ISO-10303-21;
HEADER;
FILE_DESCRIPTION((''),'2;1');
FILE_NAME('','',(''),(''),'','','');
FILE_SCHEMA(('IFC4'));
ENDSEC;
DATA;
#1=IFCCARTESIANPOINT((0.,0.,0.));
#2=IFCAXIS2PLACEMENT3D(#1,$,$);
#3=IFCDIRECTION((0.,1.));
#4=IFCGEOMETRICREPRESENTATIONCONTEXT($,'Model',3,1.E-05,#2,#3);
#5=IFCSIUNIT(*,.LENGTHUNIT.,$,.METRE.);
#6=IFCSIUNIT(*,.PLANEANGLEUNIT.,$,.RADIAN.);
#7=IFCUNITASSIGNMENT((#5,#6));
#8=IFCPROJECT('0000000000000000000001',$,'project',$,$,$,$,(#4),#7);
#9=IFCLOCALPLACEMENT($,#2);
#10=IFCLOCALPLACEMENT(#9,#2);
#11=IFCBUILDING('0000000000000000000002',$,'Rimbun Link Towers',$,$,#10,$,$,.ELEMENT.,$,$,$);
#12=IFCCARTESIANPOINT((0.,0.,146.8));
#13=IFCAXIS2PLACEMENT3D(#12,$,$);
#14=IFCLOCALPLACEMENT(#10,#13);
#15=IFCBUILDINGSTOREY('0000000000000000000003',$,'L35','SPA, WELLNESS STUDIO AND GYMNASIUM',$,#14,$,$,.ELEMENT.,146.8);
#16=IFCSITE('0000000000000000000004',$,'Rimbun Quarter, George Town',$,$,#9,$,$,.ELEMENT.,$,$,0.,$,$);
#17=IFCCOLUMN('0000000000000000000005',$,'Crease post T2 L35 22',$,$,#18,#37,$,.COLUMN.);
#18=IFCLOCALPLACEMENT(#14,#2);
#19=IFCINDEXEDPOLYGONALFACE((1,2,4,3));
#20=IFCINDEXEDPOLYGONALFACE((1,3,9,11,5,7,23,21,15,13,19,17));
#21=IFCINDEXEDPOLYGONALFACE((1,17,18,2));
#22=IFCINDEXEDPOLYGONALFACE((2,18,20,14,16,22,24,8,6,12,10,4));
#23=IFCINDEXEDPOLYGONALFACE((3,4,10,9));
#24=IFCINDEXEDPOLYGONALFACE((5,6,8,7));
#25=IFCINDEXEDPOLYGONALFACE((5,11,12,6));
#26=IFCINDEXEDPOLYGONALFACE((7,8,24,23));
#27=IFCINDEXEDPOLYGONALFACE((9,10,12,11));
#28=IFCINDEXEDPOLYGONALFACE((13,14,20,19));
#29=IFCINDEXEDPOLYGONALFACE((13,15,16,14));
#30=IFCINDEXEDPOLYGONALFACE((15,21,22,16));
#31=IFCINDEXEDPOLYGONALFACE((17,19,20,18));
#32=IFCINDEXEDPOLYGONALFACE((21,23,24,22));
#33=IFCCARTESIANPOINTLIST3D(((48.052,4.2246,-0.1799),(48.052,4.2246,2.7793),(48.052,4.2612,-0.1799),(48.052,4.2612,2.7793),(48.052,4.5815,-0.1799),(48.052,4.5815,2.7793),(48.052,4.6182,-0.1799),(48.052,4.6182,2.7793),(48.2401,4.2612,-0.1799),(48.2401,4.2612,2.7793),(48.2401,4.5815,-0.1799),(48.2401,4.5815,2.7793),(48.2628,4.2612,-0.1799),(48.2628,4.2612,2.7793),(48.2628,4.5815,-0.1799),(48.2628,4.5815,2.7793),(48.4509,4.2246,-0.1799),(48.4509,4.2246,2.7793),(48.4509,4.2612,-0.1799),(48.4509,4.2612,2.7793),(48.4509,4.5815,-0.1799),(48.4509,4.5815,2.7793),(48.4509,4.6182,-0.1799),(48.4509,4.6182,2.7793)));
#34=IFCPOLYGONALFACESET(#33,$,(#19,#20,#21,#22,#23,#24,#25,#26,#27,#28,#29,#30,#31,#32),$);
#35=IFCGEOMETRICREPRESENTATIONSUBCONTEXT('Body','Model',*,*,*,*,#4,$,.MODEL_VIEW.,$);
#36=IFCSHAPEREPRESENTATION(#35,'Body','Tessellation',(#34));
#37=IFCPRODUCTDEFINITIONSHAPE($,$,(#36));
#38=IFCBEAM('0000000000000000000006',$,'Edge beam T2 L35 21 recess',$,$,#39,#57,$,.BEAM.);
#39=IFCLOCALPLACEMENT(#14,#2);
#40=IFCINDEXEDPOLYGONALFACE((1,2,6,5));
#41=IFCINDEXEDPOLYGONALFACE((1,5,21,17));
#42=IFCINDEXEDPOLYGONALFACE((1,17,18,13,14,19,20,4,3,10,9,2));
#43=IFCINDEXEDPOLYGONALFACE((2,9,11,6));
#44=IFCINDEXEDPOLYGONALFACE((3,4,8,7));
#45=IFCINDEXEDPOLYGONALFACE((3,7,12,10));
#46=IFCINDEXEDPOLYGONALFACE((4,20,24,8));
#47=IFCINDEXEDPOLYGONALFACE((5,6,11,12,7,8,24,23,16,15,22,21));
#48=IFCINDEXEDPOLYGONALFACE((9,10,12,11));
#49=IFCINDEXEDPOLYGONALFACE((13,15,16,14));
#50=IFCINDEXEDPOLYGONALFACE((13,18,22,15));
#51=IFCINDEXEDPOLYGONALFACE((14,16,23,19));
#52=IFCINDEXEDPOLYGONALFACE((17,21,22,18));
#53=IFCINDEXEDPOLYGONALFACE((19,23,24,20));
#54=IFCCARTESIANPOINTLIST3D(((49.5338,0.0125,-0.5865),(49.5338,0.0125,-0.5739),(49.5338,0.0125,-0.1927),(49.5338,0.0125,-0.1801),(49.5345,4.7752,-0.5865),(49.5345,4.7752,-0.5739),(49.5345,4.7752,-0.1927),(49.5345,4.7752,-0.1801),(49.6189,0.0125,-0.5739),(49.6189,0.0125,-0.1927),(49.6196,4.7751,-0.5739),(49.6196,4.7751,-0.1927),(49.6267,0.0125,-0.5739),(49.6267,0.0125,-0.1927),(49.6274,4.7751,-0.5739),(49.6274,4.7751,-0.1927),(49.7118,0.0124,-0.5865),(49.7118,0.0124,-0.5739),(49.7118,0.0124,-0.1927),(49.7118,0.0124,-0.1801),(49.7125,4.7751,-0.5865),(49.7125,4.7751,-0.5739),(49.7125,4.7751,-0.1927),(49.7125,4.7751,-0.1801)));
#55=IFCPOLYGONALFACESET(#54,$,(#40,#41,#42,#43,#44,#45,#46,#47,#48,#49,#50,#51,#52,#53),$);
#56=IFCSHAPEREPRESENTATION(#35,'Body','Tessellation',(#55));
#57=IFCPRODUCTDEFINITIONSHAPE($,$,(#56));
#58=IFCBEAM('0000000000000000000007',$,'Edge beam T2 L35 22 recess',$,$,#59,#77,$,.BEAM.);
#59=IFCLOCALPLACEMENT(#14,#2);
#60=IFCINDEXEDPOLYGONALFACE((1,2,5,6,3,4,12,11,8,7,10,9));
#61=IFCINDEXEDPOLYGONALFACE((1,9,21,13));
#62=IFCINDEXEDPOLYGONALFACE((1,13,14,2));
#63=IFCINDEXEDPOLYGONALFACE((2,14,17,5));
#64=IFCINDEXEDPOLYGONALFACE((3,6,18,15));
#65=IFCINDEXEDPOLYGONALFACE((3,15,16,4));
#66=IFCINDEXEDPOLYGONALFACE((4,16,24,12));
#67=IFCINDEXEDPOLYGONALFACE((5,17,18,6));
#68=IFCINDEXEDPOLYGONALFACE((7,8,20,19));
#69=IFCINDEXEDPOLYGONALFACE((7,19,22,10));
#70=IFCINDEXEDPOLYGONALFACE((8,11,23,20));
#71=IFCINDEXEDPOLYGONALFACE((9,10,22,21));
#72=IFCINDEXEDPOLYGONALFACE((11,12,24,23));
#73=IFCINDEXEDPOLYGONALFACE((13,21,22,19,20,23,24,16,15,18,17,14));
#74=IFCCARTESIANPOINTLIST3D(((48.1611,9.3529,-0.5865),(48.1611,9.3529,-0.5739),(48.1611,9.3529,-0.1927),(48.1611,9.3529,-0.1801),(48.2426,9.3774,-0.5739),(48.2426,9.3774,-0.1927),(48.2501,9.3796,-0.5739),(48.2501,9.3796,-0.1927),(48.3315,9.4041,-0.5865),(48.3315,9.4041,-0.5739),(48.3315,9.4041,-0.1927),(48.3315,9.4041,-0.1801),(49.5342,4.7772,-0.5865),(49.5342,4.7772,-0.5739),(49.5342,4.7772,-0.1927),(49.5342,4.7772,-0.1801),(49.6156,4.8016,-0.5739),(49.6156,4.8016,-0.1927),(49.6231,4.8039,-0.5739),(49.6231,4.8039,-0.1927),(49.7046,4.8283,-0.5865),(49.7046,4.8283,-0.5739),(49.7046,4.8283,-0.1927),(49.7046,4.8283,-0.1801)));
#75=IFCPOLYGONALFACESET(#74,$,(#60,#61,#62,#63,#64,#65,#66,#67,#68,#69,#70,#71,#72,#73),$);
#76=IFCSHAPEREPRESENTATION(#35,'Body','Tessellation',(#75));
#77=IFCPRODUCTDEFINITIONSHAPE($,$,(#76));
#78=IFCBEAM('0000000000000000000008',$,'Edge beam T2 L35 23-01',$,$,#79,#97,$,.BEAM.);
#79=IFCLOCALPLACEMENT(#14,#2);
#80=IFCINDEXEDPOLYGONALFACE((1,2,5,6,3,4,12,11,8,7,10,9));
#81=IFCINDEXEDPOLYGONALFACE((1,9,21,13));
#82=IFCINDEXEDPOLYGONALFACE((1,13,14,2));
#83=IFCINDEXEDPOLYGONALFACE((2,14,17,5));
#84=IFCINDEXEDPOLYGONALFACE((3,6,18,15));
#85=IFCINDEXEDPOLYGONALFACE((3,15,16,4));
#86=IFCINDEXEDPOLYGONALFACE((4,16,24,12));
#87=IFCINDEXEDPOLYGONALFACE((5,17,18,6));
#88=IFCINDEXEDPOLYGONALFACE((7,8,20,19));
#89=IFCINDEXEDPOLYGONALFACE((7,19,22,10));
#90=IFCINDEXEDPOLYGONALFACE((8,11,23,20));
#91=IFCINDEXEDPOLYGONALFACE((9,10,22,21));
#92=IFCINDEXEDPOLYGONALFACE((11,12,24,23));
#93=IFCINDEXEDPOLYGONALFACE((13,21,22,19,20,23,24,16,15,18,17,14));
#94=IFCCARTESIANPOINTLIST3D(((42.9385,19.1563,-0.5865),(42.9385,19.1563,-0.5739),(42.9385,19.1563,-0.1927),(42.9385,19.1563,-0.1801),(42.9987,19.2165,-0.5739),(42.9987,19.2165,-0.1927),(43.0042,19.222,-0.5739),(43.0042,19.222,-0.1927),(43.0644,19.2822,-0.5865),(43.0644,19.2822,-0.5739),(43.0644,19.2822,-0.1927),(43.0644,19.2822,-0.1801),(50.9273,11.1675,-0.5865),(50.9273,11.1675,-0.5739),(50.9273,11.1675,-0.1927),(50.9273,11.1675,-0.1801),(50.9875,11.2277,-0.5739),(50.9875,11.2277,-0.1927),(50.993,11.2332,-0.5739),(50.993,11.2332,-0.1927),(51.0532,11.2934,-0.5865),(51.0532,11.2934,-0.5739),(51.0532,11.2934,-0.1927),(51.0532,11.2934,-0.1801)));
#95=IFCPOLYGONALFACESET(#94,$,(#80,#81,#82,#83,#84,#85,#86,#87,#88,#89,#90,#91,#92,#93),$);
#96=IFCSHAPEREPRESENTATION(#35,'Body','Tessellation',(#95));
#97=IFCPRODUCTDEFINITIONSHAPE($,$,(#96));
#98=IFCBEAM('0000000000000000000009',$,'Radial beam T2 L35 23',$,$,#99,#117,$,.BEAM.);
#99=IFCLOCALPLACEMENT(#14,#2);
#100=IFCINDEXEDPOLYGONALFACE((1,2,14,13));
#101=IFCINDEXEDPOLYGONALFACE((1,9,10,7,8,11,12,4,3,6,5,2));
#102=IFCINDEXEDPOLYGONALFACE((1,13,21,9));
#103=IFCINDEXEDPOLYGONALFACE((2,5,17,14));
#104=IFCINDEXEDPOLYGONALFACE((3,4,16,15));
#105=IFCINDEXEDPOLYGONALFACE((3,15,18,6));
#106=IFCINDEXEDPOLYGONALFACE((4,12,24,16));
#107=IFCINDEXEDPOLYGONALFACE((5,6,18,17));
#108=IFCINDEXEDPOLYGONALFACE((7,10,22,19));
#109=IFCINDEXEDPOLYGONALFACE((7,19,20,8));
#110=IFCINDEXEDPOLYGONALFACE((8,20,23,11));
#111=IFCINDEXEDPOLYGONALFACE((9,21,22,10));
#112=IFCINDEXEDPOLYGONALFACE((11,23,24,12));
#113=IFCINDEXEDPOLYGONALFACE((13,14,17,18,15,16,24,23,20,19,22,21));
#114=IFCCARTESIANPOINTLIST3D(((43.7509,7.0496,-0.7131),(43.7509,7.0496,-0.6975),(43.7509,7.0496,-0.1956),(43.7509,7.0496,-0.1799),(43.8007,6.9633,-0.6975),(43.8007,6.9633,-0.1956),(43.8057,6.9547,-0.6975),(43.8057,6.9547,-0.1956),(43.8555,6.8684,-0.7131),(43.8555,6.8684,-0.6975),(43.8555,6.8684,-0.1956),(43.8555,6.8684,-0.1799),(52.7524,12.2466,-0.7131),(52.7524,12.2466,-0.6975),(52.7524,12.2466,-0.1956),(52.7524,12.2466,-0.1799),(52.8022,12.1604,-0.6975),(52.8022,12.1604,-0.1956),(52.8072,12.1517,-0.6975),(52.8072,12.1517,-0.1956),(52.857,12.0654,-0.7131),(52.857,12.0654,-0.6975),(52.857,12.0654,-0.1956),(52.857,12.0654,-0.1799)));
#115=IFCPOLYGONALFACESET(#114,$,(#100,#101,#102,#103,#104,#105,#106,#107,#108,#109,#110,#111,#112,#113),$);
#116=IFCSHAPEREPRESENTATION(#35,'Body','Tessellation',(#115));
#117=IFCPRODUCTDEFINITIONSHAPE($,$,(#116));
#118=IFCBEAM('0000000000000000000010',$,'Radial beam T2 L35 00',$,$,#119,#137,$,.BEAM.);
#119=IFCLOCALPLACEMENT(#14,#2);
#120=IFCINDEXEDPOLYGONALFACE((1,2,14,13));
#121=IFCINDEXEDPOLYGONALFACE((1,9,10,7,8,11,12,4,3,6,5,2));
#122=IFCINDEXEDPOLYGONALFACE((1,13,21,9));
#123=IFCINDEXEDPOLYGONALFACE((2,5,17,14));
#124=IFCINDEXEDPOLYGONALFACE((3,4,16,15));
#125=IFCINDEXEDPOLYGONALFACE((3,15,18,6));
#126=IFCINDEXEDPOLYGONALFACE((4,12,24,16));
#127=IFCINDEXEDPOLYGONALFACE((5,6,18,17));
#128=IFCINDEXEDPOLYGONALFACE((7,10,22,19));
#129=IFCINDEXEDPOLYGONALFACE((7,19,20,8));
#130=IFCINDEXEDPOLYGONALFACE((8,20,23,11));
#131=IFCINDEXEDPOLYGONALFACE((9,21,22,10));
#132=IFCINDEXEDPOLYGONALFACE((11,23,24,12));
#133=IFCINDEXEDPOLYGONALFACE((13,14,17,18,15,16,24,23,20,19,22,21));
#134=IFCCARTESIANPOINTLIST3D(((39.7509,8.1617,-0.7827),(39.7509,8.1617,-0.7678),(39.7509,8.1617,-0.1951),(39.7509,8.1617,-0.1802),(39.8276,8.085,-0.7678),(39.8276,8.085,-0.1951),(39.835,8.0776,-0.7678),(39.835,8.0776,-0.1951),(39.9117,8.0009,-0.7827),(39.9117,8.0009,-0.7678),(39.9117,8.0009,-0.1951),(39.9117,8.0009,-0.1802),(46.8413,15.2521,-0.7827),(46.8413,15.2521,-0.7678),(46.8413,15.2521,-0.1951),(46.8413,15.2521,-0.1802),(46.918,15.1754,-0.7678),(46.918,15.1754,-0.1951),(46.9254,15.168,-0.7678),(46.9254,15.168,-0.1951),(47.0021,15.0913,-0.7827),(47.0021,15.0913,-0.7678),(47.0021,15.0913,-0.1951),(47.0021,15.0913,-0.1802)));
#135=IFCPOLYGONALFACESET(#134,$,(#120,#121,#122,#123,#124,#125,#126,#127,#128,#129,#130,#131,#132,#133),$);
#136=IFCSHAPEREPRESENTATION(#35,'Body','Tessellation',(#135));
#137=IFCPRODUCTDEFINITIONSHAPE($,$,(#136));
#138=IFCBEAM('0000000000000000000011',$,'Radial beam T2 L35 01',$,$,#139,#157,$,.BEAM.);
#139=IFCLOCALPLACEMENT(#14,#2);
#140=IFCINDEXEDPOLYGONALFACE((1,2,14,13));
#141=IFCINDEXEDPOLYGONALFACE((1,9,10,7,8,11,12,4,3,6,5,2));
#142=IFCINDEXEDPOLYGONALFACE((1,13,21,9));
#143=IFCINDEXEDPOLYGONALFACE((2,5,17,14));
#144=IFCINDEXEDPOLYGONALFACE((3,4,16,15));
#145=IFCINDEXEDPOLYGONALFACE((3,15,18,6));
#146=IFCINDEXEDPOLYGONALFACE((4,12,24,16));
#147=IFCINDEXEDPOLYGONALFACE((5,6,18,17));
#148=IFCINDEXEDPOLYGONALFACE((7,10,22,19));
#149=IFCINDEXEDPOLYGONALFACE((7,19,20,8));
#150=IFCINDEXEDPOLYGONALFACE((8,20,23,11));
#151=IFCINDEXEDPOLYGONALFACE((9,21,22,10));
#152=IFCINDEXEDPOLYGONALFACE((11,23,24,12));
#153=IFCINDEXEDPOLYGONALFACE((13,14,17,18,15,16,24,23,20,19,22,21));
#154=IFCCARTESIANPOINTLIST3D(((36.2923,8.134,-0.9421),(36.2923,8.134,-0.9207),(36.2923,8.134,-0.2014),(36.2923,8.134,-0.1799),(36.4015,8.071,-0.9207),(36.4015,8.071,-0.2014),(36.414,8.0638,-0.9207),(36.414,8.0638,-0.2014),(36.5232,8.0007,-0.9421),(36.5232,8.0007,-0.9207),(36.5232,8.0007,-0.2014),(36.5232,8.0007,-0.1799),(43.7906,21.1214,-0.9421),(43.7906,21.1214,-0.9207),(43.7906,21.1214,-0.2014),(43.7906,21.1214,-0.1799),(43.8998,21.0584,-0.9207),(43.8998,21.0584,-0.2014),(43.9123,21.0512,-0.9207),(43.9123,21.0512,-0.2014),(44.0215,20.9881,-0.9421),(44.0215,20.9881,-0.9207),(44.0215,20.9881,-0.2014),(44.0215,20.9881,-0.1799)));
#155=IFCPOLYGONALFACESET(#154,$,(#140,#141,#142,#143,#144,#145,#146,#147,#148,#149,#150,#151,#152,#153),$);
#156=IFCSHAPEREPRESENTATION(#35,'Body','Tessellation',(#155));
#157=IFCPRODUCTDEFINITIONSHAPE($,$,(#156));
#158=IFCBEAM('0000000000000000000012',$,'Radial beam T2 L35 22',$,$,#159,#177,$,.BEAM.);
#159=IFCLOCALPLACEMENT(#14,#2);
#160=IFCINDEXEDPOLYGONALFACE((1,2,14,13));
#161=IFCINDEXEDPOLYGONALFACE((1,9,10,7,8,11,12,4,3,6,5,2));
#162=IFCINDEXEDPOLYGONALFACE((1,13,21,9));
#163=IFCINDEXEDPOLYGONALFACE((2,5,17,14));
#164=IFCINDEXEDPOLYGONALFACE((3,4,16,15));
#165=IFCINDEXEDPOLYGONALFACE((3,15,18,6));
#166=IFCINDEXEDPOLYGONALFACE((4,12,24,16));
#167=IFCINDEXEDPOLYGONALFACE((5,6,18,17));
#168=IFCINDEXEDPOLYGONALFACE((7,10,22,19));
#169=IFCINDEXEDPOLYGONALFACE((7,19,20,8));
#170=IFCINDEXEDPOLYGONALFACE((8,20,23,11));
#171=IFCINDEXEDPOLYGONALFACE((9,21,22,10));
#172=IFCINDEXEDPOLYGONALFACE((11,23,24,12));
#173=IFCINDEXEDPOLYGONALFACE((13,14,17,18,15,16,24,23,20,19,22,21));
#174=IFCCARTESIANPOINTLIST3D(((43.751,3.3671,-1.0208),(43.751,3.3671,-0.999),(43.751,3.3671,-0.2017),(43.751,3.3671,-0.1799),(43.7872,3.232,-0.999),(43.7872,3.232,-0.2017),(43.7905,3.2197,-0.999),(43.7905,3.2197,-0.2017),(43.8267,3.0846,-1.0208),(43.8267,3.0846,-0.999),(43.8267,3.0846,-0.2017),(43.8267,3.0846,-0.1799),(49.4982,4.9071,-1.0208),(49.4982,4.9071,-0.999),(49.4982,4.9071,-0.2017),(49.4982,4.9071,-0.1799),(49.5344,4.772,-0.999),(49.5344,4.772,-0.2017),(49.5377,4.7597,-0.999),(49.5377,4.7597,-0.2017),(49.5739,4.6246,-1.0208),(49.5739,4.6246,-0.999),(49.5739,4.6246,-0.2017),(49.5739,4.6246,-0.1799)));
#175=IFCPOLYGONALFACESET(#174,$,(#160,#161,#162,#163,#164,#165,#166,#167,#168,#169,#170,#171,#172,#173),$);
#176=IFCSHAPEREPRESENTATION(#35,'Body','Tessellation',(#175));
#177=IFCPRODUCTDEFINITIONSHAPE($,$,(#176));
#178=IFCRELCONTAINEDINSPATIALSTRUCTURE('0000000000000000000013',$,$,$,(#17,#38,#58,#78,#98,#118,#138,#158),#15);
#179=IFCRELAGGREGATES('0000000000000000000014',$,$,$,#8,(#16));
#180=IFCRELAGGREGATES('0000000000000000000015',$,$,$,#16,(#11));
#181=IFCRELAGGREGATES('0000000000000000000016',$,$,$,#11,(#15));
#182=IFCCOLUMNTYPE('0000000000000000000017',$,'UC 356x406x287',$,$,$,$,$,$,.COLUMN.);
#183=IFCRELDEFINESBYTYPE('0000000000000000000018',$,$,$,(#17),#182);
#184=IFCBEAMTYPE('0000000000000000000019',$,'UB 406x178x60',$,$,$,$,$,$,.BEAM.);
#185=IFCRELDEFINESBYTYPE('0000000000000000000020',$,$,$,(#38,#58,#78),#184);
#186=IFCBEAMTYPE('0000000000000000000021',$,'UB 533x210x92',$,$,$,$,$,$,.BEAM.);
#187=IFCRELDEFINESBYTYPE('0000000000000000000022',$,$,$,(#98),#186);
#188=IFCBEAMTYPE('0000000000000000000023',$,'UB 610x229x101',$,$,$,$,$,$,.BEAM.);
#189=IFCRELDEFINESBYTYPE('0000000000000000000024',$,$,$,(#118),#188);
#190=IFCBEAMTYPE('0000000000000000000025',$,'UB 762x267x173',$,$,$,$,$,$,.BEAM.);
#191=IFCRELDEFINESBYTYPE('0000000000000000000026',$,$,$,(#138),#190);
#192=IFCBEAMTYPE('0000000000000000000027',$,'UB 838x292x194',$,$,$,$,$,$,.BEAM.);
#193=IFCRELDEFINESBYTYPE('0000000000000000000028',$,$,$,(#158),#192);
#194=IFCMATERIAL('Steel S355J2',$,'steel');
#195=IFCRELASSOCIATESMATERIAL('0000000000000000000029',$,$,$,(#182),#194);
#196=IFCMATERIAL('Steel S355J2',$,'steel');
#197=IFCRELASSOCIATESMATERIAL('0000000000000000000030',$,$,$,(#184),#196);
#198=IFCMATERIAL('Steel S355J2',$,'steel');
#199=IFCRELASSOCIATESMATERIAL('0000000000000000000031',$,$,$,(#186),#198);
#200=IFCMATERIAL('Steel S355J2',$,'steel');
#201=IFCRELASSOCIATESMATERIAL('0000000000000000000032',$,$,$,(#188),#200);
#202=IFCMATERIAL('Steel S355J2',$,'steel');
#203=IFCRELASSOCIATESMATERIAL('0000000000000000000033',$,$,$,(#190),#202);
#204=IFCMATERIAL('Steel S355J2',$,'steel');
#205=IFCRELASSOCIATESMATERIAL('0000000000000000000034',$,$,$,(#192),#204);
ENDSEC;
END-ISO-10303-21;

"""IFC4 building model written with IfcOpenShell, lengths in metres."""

from ifc_helpers import new_model, si_unit, direction, frame, origin, origin_2d, place, context, subcontext, project, spatial, i_section, extrude, material, material_profile, profile_set, type_object, element, save


model = new_model("IFC4")

# Units and contexts
model_context = context("Model", 3, precision=1e-05, world=origin(), true_north=direction((0.0, 1.0)))
body_context = subcontext(model_context, "Body", "Model", "MODEL_VIEW")
ifc_project = project(units=[si_unit("LENGTHUNIT", "METRE"), si_unit("PLANEANGLEUNIT", "RADIAN")], contexts=[model_context])

# Site, building, storey
site_placement = place(None, origin())
site = spatial("IfcSite", under=ifc_project, at=site_placement, Name="Rimbun Quarter, George Town", CompositionType="ELEMENT", RefElevation=0.0)
building_placement = place(site_placement, origin())
building = spatial("IfcBuilding", under=site, at=building_placement, Name="Rimbun Link Towers", CompositionType="ELEMENT")
storey_placement = place(building_placement, frame((0.0, 0.0, 146.8)))
storey = spatial("IfcBuildingStorey", under=building, at=storey_placement, Name="L35", Description="SPA, WELLNESS STUDIO AND GYMNASIUM", CompositionType="ELEMENT", Elevation=146.8)

# Column
ifc_material_1 = material(Name="Steel S355J2", Category="steel")
ifc_material_profile_1 = material_profile(ifc_material_1, i_section(OverallWidth=0.3989, OverallDepth=0.3936, WebThickness=0.0227, FlangeThickness=0.0366, at=origin_2d()), Name="UC 356x406x287")
ifc_profile_set_1 = profile_set([ifc_material_profile_1], Name="Steel S355J2")
column_type = type_object("IfcColumnType", Name="UC 356x406x287", PredefinedType="COLUMN", material=ifc_profile_set_1)
column_placement = place(storey_placement, frame((48.2515, 4.4214, -0.1799), z_axis=(0.0, 0.0, 1.0), x_axis=(1.0, 0.0, 0.0)))
element("IfcColumn", 1, at=column_placement, inside=storey, type_object=column_type, Name="Crease post T2 L35 22", PredefinedType="COLUMN", context=body_context, shape_type="SweptSolid", body=[
    extrude(i_section(OverallWidth=0.3989, OverallDepth=0.3936, WebThickness=0.0227, FlangeThickness=0.0366, at=origin_2d()), origin(), (0.0, 0.0, 1.0), 2.9592),
])

# Beams
ifc_material_2 = material(Name="Steel S355J2", Category="steel")
ifc_material_profile_2 = material_profile(ifc_material_2, i_section(OverallWidth=0.178, OverallDepth=0.4065, WebThickness=0.0078, FlangeThickness=0.0127, at=origin_2d()), Name="UB 406x178x60")
ifc_profile_set_2 = profile_set([ifc_material_profile_2], Name="Steel S355J2")
beam_type_1 = type_object("IfcBeamType", Name="UB 406x178x60", PredefinedType="BEAM", material=ifc_profile_set_2)
beam_1_placement = place(storey_placement, frame((49.6228, 0.0125, -0.3833), z_axis=(0.000154, 1.0, 0.0), x_axis=(-1.0, 0.000154, 0.0)))
element("IfcBeam", 2, at=beam_1_placement, inside=storey, type_object=beam_type_1, Name="Edge beam T2 L35 21 recess", PredefinedType="BEAM", context=body_context, shape_type="SweptSolid", body=[
    extrude(i_section(OverallWidth=0.178, OverallDepth=0.4065, WebThickness=0.0078, FlangeThickness=0.0127, at=origin_2d()), origin(), (0.0, 0.0, 1.0), 4.7627),
])
beam_2_placement = place(storey_placement, frame((49.6194, 4.8027, -0.3833), z_axis=(-0.287414, 0.957807, 0.0), x_axis=(-0.957807, -0.287414, 0.0)))
element("IfcBeam", 3, at=beam_2_placement, inside=storey, type_object=beam_type_1, Name="Edge beam T2 L35 22 recess", PredefinedType="BEAM", context=body_context, shape_type="SweptSolid", body=[
    extrude(i_section(OverallWidth=0.178, OverallDepth=0.4065, WebThickness=0.0078, FlangeThickness=0.0127, at=origin_2d()), origin(), (0.0, 0.0, 1.0), 4.7773),
])
beam_3_placement = place(storey_placement, frame((50.9902, 11.2305, -0.3833), z_axis=(-0.707107, 0.707107, 0.0), x_axis=(-0.707107, -0.707107, 0.0)))
element("IfcBeam", 4, at=beam_3_placement, inside=storey, type_object=beam_type_1, Name="Edge beam T2 L35 23-01", PredefinedType="BEAM", context=body_context, shape_type="SweptSolid", body=[
    extrude(i_section(OverallWidth=0.178, OverallDepth=0.4065, WebThickness=0.0078, FlangeThickness=0.0127, at=origin_2d()), origin(), (0.0, 0.0, 1.0), 11.2979),
])
ifc_material_3 = material(Name="Steel S355J2", Category="steel")
ifc_material_profile_3 = material_profile(ifc_material_3, i_section(OverallWidth=0.2092, OverallDepth=0.5332, WebThickness=0.01, FlangeThickness=0.0156, at=origin_2d()), Name="UB 533x210x92")
ifc_profile_set_3 = profile_set([ifc_material_profile_3], Name="Steel S355J2")
beam_type_2 = type_object("IfcBeamType", Name="UB 533x210x92", PredefinedType="BEAM", material=ifc_profile_set_3)
beam_4_placement = place(storey_placement, frame((43.8032, 6.959, -0.4465), z_axis=(0.866024, 0.500002, 0.0), x_axis=(-0.500002, 0.866024, 0.0)))
element("IfcBeam", 5, at=beam_4_placement, inside=storey, type_object=beam_type_2, Name="Radial beam T2 L35 23", PredefinedType="BEAM", context=body_context, shape_type="SweptSolid", body=[
    extrude(i_section(OverallWidth=0.2092, OverallDepth=0.5332, WebThickness=0.01, FlangeThickness=0.0156, at=origin_2d()), origin(), (0.0, 0.0, 1.0), 10.394),
])
ifc_material_4 = material(Name="Steel S355J2", Category="steel")
ifc_material_profile_4 = material_profile(ifc_material_4, i_section(OverallWidth=0.2275, OverallDepth=0.6025, WebThickness=0.0105, FlangeThickness=0.0149, at=origin_2d()), Name="UB 610x229x101")
ifc_profile_set_4 = profile_set([ifc_material_profile_4], Name="Steel S355J2")
beam_type_3 = type_object("IfcBeamType", Name="UB 610x229x101", PredefinedType="BEAM", material=ifc_profile_set_4)
beam_5_placement = place(storey_placement, frame((39.8313, 8.0813, -0.4814), z_axis=(0.707107, 0.707107, 0.0), x_axis=(-0.707107, 0.707107, 0.0)))
element("IfcBeam", 6, at=beam_5_placement, inside=storey, type_object=beam_type_3, Name="Radial beam T2 L35 00", PredefinedType="BEAM", context=body_context, shape_type="SweptSolid", body=[
    extrude(i_section(OverallWidth=0.2275, OverallDepth=0.6025, WebThickness=0.0105, FlangeThickness=0.0149, at=origin_2d()), origin(), (0.0, 0.0, 1.0), 10.0273),
])
ifc_material_5 = material(Name="Steel S355J2", Category="steel")
ifc_material_profile_5 = material_profile(ifc_material_5, i_section(OverallWidth=0.2666, OverallDepth=0.7622, WebThickness=0.0144, FlangeThickness=0.0215, at=origin_2d()), Name="UB 762x267x173")
ifc_profile_set_5 = profile_set([ifc_material_profile_5], Name="Steel S355J2")
beam_type_4 = type_object("IfcBeamType", Name="UB 762x267x173", PredefinedType="BEAM", material=ifc_profile_set_5)
beam_6_placement = place(storey_placement, frame((36.4077, 8.0674, -0.561), z_axis=(0.500003, 0.866023, 0.0), x_axis=(-0.866023, 0.500003, 0.0)))
element("IfcBeam", 7, at=beam_6_placement, inside=storey, type_object=beam_type_4, Name="Radial beam T2 L35 01", PredefinedType="BEAM", context=body_context, shape_type="SweptSolid", body=[
    extrude(i_section(OverallWidth=0.2666, OverallDepth=0.7622, WebThickness=0.0144, FlangeThickness=0.0215, at=origin_2d()), origin(), (0.0, 0.0, 1.0), 14.9966),
])
ifc_material_6 = material(Name="Steel S355J2", Category="steel")
ifc_material_profile_6 = material_profile(ifc_material_6, i_section(OverallWidth=0.2925, OverallDepth=0.8408, WebThickness=0.0127, FlangeThickness=0.0217, at=origin_2d()), Name="UB 838x292x194")
ifc_profile_set_6 = profile_set([ifc_material_profile_6], Name="Steel S355J2")
beam_type_5 = type_object("IfcBeamType", Name="UB 838x292x194", PredefinedType="BEAM", material=ifc_profile_set_6)
beam_7_placement = place(storey_placement, frame((43.7888, 3.2258, -0.6003), z_axis=(0.965924, 0.258827, 0.0), x_axis=(-0.258827, 0.965924, 0.0)))
element("IfcBeam", 8, at=beam_7_placement, inside=storey, type_object=beam_type_5, Name="Radial beam T2 L35 22", PredefinedType="BEAM", context=body_context, shape_type="SweptSolid", body=[
    extrude(i_section(OverallWidth=0.2925, OverallDepth=0.8408, WebThickness=0.0127, FlangeThickness=0.0217, at=origin_2d()), origin(), (0.0, 0.0, 1.0), 5.95),
])

save(model, "model.ifc")
